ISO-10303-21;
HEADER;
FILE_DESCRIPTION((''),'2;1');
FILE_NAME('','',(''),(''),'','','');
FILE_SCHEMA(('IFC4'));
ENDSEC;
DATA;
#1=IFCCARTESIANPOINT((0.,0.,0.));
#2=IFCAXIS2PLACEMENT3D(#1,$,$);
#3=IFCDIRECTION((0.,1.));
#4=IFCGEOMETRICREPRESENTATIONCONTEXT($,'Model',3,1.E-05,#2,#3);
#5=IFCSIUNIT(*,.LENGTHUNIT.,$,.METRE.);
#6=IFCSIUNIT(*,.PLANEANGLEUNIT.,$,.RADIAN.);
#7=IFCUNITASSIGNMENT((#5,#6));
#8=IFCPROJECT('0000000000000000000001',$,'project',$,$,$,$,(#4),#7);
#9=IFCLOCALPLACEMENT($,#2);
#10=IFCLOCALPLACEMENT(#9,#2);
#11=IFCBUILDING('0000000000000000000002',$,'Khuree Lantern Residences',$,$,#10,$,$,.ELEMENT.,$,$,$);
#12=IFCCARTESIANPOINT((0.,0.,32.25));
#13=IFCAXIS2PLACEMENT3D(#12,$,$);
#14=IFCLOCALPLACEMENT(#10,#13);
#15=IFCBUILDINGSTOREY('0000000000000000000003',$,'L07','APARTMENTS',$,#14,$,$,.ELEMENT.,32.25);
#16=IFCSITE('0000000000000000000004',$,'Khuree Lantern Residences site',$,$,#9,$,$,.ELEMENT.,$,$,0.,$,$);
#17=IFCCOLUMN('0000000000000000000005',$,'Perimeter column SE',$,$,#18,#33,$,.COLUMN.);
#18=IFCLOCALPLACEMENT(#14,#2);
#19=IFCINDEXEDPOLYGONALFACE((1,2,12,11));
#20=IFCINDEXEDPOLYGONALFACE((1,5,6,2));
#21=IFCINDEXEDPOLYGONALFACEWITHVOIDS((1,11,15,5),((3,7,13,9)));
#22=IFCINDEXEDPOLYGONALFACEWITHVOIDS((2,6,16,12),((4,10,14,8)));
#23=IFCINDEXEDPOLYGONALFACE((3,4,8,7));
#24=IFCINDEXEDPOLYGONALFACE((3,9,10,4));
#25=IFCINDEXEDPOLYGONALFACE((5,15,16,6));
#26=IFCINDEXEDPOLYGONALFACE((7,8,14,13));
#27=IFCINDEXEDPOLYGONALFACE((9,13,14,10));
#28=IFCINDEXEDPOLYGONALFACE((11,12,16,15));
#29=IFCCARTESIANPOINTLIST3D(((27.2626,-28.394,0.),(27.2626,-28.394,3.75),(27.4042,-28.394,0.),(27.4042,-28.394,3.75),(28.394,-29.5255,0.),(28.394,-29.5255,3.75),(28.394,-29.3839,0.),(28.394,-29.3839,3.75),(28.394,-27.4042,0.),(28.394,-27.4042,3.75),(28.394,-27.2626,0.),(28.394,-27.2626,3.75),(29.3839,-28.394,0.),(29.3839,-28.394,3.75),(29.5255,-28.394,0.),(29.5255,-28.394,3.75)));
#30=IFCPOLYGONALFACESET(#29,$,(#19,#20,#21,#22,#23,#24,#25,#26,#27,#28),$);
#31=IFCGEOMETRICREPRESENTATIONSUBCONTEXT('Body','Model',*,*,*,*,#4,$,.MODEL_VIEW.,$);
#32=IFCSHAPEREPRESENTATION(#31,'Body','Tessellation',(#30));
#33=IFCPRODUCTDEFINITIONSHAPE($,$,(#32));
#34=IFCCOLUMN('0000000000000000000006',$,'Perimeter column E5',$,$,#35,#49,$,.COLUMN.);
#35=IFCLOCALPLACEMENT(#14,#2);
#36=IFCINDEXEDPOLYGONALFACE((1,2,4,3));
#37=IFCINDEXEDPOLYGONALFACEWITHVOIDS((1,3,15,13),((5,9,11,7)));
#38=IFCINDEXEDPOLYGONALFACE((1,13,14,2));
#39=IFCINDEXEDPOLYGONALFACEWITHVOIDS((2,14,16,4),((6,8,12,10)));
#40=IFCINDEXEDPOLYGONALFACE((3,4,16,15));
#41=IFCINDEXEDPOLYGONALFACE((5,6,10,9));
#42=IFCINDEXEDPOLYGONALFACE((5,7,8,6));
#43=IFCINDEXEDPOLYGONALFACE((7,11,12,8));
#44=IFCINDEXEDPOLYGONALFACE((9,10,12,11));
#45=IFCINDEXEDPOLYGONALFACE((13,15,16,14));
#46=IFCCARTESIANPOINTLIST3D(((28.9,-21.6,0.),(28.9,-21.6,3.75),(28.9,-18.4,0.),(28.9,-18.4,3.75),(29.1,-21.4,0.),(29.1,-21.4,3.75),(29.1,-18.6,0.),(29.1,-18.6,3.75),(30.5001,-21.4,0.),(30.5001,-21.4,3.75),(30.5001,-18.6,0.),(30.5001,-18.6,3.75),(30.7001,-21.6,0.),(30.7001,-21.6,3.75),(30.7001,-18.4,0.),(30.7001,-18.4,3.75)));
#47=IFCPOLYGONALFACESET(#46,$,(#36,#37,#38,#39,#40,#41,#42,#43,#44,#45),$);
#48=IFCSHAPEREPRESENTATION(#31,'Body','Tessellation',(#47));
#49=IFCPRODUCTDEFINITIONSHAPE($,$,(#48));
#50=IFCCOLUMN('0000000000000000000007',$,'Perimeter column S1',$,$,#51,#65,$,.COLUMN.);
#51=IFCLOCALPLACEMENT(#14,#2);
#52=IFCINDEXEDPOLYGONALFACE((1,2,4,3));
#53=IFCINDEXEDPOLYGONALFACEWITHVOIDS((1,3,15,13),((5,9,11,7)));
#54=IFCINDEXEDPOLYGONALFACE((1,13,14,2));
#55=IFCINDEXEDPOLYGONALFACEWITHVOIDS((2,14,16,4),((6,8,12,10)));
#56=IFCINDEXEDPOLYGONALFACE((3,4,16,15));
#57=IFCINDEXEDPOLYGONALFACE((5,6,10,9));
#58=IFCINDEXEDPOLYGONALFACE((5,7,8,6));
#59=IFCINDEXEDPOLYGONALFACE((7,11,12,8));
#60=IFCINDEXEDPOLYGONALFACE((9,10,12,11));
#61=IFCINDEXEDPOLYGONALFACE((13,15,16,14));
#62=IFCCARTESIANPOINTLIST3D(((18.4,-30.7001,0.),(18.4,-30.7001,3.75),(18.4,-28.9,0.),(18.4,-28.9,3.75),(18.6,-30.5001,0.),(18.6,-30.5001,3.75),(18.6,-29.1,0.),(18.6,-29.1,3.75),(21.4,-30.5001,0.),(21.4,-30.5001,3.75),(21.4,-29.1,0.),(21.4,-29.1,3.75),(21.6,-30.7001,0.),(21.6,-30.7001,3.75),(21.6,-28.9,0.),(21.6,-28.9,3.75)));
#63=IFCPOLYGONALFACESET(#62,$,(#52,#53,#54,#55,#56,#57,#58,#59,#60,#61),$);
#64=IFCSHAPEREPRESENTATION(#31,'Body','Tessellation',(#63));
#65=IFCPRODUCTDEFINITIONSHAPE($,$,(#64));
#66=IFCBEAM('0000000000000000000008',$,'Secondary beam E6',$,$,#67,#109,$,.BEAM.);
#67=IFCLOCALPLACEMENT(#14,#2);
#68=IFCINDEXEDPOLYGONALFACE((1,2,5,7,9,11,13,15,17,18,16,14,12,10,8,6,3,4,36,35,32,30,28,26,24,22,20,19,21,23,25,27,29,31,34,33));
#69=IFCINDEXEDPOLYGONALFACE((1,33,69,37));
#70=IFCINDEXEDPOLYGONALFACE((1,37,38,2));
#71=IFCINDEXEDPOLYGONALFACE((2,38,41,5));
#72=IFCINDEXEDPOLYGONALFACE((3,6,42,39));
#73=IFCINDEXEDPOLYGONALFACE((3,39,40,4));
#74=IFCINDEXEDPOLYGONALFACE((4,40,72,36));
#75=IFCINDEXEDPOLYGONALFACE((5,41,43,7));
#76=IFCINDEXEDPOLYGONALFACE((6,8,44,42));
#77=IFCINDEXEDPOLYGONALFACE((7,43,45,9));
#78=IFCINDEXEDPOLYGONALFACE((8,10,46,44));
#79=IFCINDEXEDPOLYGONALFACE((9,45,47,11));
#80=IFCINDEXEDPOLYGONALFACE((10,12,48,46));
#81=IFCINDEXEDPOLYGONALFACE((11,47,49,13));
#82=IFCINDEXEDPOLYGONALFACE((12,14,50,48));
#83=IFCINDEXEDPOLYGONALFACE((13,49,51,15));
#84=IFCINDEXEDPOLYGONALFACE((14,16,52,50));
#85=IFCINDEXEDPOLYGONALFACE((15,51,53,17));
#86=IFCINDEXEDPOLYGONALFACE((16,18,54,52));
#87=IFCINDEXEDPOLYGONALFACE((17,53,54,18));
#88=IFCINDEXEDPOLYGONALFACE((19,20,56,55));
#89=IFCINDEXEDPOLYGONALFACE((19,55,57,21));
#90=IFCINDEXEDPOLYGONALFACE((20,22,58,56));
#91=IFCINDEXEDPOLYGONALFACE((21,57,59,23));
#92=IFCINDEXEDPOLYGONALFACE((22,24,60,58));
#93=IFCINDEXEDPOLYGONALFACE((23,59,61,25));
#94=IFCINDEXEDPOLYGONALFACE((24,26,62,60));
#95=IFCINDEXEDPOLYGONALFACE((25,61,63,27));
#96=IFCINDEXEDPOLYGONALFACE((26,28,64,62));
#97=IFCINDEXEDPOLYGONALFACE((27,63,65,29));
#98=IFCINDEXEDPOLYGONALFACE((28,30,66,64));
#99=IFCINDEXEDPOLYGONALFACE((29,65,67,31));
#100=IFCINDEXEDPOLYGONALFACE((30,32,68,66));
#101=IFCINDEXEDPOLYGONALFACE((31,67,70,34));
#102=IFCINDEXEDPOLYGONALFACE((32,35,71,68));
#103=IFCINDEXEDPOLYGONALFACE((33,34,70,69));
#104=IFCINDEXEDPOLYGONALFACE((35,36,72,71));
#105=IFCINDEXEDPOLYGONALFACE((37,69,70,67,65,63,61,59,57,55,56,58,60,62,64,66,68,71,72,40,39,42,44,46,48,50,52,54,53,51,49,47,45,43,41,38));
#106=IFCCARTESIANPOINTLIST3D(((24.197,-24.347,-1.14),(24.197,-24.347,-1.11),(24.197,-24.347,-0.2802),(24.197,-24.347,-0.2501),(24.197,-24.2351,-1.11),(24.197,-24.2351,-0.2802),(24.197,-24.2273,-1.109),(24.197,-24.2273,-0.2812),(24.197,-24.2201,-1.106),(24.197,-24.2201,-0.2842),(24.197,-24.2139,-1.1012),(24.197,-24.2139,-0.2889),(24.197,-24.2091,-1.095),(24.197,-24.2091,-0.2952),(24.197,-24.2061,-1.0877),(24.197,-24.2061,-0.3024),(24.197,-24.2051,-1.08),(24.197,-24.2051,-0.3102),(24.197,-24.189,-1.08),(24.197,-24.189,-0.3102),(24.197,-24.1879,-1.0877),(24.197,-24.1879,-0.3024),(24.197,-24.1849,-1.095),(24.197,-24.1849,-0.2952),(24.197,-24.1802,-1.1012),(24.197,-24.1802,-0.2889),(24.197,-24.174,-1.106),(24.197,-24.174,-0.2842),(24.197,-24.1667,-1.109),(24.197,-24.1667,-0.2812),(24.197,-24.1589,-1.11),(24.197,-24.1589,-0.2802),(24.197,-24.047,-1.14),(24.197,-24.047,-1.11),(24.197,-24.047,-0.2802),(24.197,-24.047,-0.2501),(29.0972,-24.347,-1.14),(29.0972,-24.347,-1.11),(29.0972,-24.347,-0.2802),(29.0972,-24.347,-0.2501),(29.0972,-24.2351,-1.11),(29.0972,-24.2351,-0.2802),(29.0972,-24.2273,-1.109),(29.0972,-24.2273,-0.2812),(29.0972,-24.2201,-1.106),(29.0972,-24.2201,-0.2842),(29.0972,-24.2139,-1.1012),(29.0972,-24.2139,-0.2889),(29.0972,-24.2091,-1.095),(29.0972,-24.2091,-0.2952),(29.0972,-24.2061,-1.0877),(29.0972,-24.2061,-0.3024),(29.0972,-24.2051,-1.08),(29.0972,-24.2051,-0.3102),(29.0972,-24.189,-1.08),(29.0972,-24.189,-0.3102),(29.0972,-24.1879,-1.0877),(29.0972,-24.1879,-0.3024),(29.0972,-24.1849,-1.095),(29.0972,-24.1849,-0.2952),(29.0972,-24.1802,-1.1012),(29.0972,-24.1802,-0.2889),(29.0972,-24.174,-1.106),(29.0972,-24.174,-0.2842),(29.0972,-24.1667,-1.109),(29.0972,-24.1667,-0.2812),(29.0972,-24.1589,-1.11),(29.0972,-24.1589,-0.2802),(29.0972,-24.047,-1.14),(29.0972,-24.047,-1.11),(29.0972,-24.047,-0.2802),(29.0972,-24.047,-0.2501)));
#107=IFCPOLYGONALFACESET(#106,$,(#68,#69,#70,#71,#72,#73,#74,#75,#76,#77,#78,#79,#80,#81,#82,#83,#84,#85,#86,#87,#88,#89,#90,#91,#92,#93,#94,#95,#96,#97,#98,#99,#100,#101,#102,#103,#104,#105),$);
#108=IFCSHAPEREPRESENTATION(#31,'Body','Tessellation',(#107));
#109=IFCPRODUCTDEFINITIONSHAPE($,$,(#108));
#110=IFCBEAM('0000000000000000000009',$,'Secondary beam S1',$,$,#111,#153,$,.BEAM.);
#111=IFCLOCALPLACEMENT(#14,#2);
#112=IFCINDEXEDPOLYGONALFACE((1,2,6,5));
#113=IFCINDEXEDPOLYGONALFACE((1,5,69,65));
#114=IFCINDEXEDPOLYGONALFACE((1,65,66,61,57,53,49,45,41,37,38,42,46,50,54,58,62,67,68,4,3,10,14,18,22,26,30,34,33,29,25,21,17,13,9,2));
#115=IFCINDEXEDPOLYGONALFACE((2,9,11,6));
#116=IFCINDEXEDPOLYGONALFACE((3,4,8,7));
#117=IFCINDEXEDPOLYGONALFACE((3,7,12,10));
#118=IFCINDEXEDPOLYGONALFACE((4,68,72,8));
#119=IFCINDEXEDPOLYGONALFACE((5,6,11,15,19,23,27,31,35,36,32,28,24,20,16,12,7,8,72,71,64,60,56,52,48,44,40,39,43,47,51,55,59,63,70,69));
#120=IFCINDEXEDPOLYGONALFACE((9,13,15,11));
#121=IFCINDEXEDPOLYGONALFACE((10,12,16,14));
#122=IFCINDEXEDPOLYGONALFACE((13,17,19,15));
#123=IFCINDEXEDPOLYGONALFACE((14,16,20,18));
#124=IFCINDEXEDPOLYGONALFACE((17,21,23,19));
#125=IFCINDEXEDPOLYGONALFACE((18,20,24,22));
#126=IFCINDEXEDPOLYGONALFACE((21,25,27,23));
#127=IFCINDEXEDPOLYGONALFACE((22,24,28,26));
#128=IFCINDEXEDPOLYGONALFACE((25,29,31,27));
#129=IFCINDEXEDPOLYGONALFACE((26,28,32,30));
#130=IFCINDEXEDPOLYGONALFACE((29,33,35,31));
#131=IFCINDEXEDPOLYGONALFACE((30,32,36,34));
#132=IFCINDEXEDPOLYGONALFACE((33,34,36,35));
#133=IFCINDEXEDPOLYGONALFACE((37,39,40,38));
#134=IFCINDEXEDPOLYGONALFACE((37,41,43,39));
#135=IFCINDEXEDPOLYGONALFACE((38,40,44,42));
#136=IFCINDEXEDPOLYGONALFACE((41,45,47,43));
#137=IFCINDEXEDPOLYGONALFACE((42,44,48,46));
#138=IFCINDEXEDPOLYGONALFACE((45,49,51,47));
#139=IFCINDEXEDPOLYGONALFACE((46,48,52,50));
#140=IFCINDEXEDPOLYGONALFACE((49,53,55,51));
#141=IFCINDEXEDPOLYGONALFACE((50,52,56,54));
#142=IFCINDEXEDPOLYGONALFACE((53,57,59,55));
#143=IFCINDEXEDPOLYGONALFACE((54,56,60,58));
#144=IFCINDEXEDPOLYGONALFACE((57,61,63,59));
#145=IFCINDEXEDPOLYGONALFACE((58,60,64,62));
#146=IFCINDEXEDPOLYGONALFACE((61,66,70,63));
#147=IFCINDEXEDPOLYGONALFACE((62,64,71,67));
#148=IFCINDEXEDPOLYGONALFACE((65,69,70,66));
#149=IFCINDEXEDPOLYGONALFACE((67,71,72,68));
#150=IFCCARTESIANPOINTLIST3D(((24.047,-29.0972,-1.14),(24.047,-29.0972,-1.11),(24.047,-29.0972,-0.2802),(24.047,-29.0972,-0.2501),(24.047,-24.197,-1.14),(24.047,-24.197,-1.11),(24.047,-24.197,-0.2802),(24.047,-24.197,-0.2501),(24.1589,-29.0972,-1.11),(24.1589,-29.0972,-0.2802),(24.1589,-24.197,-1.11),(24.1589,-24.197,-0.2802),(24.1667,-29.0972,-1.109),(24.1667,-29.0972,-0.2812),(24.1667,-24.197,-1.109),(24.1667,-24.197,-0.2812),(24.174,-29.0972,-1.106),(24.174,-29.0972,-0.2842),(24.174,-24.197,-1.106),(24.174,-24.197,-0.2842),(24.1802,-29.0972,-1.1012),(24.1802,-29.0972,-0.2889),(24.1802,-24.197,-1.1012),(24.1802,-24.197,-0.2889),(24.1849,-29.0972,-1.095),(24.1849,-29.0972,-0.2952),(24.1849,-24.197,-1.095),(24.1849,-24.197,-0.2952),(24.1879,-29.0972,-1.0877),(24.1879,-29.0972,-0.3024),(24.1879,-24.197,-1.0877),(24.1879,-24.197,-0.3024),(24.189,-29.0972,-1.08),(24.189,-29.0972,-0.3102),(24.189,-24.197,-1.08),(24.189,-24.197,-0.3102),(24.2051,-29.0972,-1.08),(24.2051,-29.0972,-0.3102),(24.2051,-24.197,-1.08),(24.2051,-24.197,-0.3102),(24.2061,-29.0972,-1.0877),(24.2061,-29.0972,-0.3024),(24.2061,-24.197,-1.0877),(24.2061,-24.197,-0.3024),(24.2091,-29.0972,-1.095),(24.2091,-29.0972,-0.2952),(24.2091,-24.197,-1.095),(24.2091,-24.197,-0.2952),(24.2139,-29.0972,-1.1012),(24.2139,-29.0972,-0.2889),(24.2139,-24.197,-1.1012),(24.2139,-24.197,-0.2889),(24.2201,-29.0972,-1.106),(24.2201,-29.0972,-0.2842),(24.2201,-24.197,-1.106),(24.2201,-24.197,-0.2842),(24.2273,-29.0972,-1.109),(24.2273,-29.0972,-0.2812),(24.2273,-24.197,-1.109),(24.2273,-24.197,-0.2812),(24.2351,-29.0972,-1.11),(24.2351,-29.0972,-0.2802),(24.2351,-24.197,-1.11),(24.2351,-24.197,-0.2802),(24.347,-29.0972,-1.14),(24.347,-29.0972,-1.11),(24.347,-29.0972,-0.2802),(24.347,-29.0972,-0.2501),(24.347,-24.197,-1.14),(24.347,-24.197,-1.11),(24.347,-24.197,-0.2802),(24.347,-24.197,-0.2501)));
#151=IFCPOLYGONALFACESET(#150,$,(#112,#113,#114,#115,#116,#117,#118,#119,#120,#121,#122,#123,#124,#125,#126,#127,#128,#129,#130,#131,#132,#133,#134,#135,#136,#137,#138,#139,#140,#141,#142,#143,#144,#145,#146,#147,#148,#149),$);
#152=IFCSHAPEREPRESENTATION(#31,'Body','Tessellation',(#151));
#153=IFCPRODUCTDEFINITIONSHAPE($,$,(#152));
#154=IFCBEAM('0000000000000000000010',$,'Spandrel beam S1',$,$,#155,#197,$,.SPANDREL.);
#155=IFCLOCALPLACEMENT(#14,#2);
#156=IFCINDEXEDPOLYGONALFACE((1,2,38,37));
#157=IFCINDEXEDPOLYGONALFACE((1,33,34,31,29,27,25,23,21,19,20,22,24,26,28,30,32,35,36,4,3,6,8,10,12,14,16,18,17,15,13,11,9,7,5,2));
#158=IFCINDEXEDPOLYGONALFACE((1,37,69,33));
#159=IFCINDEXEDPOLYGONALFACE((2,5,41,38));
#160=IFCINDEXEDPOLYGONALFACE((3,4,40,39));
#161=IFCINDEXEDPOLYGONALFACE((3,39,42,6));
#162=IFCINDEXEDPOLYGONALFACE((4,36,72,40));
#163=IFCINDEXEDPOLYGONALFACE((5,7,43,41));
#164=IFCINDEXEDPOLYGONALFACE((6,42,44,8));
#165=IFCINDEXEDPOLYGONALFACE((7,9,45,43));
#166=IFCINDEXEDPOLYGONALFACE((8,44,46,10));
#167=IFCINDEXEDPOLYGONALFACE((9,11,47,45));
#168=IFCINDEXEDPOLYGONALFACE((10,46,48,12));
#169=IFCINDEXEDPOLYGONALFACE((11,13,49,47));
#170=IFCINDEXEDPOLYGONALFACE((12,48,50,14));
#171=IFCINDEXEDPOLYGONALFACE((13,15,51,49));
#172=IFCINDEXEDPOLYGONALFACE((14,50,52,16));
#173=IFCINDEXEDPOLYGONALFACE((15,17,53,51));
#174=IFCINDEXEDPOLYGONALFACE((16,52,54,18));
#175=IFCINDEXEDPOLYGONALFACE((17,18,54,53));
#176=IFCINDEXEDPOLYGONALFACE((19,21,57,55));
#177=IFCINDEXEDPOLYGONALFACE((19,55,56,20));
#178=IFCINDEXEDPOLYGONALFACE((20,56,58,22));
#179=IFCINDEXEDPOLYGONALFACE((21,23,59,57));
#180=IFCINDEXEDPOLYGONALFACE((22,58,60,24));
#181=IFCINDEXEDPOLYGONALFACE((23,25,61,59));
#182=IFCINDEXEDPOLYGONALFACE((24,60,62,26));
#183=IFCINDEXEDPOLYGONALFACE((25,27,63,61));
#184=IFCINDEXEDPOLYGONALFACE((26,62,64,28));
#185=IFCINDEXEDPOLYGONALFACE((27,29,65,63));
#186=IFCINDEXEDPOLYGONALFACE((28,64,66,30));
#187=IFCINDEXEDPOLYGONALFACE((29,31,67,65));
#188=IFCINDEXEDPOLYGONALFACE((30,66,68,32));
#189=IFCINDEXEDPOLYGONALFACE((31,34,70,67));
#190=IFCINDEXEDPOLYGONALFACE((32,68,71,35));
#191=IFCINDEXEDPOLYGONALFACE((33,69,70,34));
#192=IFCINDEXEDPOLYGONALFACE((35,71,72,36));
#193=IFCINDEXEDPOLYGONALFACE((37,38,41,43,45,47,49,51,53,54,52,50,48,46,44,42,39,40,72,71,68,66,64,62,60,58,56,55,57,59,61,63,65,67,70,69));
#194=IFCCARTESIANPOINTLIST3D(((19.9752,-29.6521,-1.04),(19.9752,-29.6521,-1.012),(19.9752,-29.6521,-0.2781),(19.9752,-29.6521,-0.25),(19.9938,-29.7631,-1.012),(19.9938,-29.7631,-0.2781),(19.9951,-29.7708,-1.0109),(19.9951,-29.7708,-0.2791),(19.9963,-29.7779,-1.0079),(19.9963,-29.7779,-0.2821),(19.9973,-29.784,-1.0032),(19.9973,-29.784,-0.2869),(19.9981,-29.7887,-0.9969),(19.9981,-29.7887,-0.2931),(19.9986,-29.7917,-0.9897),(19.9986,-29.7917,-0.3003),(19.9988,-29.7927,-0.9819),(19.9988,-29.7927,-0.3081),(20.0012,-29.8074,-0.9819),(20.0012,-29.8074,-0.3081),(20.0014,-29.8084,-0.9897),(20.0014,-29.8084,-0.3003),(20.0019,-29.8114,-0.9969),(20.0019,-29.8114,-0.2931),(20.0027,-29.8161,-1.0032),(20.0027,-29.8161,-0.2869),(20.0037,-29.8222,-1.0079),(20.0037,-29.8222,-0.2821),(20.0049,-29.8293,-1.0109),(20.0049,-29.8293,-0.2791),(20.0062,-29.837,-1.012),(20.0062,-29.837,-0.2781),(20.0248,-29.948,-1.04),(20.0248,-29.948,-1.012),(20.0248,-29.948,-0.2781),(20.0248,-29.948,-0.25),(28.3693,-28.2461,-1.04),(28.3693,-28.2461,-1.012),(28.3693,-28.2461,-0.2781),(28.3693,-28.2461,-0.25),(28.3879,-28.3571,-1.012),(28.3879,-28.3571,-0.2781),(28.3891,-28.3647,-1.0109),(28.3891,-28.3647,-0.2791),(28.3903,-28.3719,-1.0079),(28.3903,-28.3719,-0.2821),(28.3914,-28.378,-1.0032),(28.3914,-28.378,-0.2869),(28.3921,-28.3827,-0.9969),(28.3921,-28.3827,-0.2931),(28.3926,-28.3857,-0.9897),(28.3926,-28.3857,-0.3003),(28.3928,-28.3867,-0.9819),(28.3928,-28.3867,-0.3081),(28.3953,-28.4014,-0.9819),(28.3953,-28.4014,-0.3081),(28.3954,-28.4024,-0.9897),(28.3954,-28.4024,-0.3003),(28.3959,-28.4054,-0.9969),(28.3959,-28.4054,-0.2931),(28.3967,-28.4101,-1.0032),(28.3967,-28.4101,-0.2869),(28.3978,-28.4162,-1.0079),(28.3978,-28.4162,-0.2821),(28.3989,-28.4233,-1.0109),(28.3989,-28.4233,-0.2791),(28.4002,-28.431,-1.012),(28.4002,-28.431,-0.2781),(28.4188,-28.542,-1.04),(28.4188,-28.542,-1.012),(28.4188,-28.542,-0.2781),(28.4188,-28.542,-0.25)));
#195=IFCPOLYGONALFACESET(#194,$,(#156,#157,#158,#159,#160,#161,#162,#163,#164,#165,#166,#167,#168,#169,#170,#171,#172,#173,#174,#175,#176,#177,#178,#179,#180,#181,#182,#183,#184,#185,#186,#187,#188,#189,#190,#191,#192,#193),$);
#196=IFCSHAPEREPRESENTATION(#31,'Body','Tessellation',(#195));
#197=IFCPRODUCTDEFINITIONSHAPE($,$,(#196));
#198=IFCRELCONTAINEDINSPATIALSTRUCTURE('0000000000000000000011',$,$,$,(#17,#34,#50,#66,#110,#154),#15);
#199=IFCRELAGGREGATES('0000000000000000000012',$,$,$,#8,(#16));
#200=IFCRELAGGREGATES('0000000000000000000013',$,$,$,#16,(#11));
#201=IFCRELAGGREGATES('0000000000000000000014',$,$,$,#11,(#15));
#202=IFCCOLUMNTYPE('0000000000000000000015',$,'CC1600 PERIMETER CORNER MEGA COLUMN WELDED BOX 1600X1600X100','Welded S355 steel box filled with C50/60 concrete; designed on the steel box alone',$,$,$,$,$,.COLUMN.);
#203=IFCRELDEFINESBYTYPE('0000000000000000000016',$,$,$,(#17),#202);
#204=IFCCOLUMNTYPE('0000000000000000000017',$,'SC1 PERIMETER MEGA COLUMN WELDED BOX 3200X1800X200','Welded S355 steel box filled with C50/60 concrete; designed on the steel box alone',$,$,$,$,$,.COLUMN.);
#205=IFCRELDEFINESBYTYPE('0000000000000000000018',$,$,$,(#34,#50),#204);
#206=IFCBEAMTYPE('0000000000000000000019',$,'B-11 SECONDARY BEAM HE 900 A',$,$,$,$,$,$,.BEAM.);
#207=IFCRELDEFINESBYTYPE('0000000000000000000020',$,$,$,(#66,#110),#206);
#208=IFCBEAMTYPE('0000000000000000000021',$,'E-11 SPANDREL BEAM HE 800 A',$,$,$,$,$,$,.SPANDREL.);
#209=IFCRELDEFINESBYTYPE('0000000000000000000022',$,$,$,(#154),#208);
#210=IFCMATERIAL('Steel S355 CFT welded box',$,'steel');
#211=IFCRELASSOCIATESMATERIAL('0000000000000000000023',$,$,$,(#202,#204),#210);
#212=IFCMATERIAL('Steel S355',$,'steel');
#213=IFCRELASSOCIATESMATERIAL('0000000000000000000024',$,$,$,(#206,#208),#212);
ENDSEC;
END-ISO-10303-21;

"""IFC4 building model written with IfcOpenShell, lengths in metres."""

from ifc_helpers import new_model, si_unit, direction, frame, origin, origin_2d, place, context, subcontext, project, spatial, hollow_rectangle, i_section, extrude, material, material_profile, profile_set, type_object, element, save


model = new_model("IFC4")

# Units and contexts
model_context = context("Model", 3, precision=1e-05, world=origin(), true_north=direction((0.0, 1.0)))
body_context = subcontext(model_context, "Body", "Model", "MODEL_VIEW")
ifc_project = project(units=[si_unit("LENGTHUNIT", "METRE"), si_unit("PLANEANGLEUNIT", "RADIAN")], contexts=[model_context])

# Site, building, storey
site_placement = place(None, origin())
site = spatial("IfcSite", under=ifc_project, at=site_placement, Name="Khuree Lantern Residences site", CompositionType="ELEMENT", RefElevation=0.0)
building_placement = place(site_placement, origin())
building = spatial("IfcBuilding", under=site, at=building_placement, Name="Khuree Lantern Residences", CompositionType="ELEMENT")
storey_placement = place(building_placement, frame((0.0, 0.0, 32.25)))
storey = spatial("IfcBuildingStorey", under=building, at=storey_placement, Name="L07", Description="APARTMENTS", CompositionType="ELEMENT", Elevation=32.25)

# Columns
ifc_material_1 = material(Name="Steel S355 CFT welded box", Category="steel")
ifc_material_profile_1 = material_profile(ifc_material_1, hollow_rectangle(XDim=1.6001, YDim=1.6001, WallThickness=0.1001, at=origin_2d()), Name="WELDED BOX 1600X1600X100")
ifc_profile_set_1 = profile_set([ifc_material_profile_1], Name="Steel S355 CFT welded box")
column_type_1 = type_object("IfcColumnType", Name="CC1600 PERIMETER CORNER MEGA COLUMN WELDED BOX 1600X1600X100", Description="Welded S355 steel box filled with C50/60 concrete; designed on the steel box alone", PredefinedType="COLUMN", material=ifc_profile_set_1)
column_placement = place(storey_placement, frame((28.394, -28.394, 0.0), z_axis=(0.0, 0.0, 1.0), x_axis=(0.707107, 0.707107, 0.0)))
element("IfcColumn", 1, at=column_placement, inside=storey, type_object=column_type_1, Name="Perimeter column SE", PredefinedType="COLUMN", context=body_context, shape_type="SweptSolid", body=[
    extrude(hollow_rectangle(XDim=1.6001, YDim=1.6001, WallThickness=0.1001, at=origin_2d()), origin(), (0.0, 0.0, 1.0), 3.75),
])
ifc_material_profile_2 = material_profile(ifc_material_1, hollow_rectangle(XDim=3.2, YDim=1.8, WallThickness=0.2, at=origin_2d()), Name="WELDED BOX 3200X1800X200")
ifc_profile_set_2 = profile_set([ifc_material_profile_2], Name="Steel S355 CFT welded box")
column_type_2 = type_object("IfcColumnType", Name="SC1 PERIMETER MEGA COLUMN WELDED BOX 3200X1800X200", Description="Welded S355 steel box filled with C50/60 concrete; designed on the steel box alone", PredefinedType="COLUMN", material=ifc_profile_set_2)
for number, where, z_axis, x_axis, name in (
    (2, (29.8, -20.0, 0.0), (0.0, 0.0, 1.0), (0.0, 1.0, 0.0), "Perimeter column E5"),
    (3, (20.0, -29.8, 0.0), (0.0, 0.0, 1.0), (1.0, 0.0, 0.0), "Perimeter column S1"),
):
    element("IfcColumn", number, at=place(storey_placement, frame(where, z_axis=z_axis, x_axis=x_axis)), inside=storey, type_object=column_type_2, Name=name, PredefinedType="COLUMN", context=body_context, shape_type="SweptSolid", body=[
        extrude(hollow_rectangle(XDim=3.2, YDim=1.8, WallThickness=0.2, at=origin_2d()), origin(), (0.0, 0.0, 1.0), 3.75),
    ])

# Beams
ifc_material_2 = material(Name="Steel S355", Category="steel")
ifc_material_profile_3 = material_profile(ifc_material_2, i_section(OverallWidth=0.3, OverallDepth=0.8899, WebThickness=0.0161, FlangeThickness=0.03, FilletRadius=0.03, at=origin_2d()), Name="HE 900 A")
ifc_profile_set_3 = profile_set([ifc_material_profile_3], Name="Steel S355")
beam_type_1 = type_object("IfcBeamType", Name="B-11 SECONDARY BEAM HE 900 A", PredefinedType="BEAM", material=ifc_profile_set_3)
for number, where, z_axis, x_axis, name in (
    (4, (29.0972, -24.197, -0.6951), (-1.0, 0.0, 0.0), (0.0, -1.0, 0.0), "Secondary beam E6"),
    (5, (24.197, -29.0972, -0.6951), (0.0, 1.0, 0.0), (-1.0, 0.0, 0.0), "Secondary beam S1"),
):
    element("IfcBeam", number, at=place(storey_placement, frame(where, z_axis=z_axis, x_axis=x_axis)), inside=storey, type_object=beam_type_1, Name=name, PredefinedType="BEAM", context=body_context, shape_type="SweptSolid", body=[
        extrude(i_section(OverallWidth=0.3, OverallDepth=0.8899, WebThickness=0.0161, FlangeThickness=0.03, FilletRadius=0.03, at=origin_2d()), origin(), (0.0, 0.0, 1.0), 4.9001),
    ])
ifc_material_profile_4 = material_profile(ifc_material_2, i_section(OverallWidth=0.3, OverallDepth=0.79, WebThickness=0.0149, FlangeThickness=0.0281, FilletRadius=0.03, at=origin_2d()), Name="HE 800 A")
ifc_profile_set_4 = profile_set([ifc_material_profile_4], Name="Steel S355")
beam_type_2 = type_object("IfcBeamType", Name="E-11 SPANDREL BEAM HE 800 A", PredefinedType="SPANDREL", material=ifc_profile_set_4)
beam_1_placement = place(storey_placement, frame((28.394, -28.394, -0.645), z_axis=(-0.98626, -0.165199, 0.0), x_axis=(0.165199, -0.98626, 0.0)))
element("IfcBeam", 6, at=beam_1_placement, inside=storey, type_object=beam_type_2, Name="Spandrel beam S1", PredefinedType="SPANDREL", context=body_context, shape_type="SweptSolid", body=[
    extrude(i_section(OverallWidth=0.3, OverallDepth=0.79, WebThickness=0.0149, FlangeThickness=0.0281, FilletRadius=0.03, at=origin_2d()), origin(), (0.0, 0.0, 1.0), 8.511),
])

save(model, "model.ifc")
